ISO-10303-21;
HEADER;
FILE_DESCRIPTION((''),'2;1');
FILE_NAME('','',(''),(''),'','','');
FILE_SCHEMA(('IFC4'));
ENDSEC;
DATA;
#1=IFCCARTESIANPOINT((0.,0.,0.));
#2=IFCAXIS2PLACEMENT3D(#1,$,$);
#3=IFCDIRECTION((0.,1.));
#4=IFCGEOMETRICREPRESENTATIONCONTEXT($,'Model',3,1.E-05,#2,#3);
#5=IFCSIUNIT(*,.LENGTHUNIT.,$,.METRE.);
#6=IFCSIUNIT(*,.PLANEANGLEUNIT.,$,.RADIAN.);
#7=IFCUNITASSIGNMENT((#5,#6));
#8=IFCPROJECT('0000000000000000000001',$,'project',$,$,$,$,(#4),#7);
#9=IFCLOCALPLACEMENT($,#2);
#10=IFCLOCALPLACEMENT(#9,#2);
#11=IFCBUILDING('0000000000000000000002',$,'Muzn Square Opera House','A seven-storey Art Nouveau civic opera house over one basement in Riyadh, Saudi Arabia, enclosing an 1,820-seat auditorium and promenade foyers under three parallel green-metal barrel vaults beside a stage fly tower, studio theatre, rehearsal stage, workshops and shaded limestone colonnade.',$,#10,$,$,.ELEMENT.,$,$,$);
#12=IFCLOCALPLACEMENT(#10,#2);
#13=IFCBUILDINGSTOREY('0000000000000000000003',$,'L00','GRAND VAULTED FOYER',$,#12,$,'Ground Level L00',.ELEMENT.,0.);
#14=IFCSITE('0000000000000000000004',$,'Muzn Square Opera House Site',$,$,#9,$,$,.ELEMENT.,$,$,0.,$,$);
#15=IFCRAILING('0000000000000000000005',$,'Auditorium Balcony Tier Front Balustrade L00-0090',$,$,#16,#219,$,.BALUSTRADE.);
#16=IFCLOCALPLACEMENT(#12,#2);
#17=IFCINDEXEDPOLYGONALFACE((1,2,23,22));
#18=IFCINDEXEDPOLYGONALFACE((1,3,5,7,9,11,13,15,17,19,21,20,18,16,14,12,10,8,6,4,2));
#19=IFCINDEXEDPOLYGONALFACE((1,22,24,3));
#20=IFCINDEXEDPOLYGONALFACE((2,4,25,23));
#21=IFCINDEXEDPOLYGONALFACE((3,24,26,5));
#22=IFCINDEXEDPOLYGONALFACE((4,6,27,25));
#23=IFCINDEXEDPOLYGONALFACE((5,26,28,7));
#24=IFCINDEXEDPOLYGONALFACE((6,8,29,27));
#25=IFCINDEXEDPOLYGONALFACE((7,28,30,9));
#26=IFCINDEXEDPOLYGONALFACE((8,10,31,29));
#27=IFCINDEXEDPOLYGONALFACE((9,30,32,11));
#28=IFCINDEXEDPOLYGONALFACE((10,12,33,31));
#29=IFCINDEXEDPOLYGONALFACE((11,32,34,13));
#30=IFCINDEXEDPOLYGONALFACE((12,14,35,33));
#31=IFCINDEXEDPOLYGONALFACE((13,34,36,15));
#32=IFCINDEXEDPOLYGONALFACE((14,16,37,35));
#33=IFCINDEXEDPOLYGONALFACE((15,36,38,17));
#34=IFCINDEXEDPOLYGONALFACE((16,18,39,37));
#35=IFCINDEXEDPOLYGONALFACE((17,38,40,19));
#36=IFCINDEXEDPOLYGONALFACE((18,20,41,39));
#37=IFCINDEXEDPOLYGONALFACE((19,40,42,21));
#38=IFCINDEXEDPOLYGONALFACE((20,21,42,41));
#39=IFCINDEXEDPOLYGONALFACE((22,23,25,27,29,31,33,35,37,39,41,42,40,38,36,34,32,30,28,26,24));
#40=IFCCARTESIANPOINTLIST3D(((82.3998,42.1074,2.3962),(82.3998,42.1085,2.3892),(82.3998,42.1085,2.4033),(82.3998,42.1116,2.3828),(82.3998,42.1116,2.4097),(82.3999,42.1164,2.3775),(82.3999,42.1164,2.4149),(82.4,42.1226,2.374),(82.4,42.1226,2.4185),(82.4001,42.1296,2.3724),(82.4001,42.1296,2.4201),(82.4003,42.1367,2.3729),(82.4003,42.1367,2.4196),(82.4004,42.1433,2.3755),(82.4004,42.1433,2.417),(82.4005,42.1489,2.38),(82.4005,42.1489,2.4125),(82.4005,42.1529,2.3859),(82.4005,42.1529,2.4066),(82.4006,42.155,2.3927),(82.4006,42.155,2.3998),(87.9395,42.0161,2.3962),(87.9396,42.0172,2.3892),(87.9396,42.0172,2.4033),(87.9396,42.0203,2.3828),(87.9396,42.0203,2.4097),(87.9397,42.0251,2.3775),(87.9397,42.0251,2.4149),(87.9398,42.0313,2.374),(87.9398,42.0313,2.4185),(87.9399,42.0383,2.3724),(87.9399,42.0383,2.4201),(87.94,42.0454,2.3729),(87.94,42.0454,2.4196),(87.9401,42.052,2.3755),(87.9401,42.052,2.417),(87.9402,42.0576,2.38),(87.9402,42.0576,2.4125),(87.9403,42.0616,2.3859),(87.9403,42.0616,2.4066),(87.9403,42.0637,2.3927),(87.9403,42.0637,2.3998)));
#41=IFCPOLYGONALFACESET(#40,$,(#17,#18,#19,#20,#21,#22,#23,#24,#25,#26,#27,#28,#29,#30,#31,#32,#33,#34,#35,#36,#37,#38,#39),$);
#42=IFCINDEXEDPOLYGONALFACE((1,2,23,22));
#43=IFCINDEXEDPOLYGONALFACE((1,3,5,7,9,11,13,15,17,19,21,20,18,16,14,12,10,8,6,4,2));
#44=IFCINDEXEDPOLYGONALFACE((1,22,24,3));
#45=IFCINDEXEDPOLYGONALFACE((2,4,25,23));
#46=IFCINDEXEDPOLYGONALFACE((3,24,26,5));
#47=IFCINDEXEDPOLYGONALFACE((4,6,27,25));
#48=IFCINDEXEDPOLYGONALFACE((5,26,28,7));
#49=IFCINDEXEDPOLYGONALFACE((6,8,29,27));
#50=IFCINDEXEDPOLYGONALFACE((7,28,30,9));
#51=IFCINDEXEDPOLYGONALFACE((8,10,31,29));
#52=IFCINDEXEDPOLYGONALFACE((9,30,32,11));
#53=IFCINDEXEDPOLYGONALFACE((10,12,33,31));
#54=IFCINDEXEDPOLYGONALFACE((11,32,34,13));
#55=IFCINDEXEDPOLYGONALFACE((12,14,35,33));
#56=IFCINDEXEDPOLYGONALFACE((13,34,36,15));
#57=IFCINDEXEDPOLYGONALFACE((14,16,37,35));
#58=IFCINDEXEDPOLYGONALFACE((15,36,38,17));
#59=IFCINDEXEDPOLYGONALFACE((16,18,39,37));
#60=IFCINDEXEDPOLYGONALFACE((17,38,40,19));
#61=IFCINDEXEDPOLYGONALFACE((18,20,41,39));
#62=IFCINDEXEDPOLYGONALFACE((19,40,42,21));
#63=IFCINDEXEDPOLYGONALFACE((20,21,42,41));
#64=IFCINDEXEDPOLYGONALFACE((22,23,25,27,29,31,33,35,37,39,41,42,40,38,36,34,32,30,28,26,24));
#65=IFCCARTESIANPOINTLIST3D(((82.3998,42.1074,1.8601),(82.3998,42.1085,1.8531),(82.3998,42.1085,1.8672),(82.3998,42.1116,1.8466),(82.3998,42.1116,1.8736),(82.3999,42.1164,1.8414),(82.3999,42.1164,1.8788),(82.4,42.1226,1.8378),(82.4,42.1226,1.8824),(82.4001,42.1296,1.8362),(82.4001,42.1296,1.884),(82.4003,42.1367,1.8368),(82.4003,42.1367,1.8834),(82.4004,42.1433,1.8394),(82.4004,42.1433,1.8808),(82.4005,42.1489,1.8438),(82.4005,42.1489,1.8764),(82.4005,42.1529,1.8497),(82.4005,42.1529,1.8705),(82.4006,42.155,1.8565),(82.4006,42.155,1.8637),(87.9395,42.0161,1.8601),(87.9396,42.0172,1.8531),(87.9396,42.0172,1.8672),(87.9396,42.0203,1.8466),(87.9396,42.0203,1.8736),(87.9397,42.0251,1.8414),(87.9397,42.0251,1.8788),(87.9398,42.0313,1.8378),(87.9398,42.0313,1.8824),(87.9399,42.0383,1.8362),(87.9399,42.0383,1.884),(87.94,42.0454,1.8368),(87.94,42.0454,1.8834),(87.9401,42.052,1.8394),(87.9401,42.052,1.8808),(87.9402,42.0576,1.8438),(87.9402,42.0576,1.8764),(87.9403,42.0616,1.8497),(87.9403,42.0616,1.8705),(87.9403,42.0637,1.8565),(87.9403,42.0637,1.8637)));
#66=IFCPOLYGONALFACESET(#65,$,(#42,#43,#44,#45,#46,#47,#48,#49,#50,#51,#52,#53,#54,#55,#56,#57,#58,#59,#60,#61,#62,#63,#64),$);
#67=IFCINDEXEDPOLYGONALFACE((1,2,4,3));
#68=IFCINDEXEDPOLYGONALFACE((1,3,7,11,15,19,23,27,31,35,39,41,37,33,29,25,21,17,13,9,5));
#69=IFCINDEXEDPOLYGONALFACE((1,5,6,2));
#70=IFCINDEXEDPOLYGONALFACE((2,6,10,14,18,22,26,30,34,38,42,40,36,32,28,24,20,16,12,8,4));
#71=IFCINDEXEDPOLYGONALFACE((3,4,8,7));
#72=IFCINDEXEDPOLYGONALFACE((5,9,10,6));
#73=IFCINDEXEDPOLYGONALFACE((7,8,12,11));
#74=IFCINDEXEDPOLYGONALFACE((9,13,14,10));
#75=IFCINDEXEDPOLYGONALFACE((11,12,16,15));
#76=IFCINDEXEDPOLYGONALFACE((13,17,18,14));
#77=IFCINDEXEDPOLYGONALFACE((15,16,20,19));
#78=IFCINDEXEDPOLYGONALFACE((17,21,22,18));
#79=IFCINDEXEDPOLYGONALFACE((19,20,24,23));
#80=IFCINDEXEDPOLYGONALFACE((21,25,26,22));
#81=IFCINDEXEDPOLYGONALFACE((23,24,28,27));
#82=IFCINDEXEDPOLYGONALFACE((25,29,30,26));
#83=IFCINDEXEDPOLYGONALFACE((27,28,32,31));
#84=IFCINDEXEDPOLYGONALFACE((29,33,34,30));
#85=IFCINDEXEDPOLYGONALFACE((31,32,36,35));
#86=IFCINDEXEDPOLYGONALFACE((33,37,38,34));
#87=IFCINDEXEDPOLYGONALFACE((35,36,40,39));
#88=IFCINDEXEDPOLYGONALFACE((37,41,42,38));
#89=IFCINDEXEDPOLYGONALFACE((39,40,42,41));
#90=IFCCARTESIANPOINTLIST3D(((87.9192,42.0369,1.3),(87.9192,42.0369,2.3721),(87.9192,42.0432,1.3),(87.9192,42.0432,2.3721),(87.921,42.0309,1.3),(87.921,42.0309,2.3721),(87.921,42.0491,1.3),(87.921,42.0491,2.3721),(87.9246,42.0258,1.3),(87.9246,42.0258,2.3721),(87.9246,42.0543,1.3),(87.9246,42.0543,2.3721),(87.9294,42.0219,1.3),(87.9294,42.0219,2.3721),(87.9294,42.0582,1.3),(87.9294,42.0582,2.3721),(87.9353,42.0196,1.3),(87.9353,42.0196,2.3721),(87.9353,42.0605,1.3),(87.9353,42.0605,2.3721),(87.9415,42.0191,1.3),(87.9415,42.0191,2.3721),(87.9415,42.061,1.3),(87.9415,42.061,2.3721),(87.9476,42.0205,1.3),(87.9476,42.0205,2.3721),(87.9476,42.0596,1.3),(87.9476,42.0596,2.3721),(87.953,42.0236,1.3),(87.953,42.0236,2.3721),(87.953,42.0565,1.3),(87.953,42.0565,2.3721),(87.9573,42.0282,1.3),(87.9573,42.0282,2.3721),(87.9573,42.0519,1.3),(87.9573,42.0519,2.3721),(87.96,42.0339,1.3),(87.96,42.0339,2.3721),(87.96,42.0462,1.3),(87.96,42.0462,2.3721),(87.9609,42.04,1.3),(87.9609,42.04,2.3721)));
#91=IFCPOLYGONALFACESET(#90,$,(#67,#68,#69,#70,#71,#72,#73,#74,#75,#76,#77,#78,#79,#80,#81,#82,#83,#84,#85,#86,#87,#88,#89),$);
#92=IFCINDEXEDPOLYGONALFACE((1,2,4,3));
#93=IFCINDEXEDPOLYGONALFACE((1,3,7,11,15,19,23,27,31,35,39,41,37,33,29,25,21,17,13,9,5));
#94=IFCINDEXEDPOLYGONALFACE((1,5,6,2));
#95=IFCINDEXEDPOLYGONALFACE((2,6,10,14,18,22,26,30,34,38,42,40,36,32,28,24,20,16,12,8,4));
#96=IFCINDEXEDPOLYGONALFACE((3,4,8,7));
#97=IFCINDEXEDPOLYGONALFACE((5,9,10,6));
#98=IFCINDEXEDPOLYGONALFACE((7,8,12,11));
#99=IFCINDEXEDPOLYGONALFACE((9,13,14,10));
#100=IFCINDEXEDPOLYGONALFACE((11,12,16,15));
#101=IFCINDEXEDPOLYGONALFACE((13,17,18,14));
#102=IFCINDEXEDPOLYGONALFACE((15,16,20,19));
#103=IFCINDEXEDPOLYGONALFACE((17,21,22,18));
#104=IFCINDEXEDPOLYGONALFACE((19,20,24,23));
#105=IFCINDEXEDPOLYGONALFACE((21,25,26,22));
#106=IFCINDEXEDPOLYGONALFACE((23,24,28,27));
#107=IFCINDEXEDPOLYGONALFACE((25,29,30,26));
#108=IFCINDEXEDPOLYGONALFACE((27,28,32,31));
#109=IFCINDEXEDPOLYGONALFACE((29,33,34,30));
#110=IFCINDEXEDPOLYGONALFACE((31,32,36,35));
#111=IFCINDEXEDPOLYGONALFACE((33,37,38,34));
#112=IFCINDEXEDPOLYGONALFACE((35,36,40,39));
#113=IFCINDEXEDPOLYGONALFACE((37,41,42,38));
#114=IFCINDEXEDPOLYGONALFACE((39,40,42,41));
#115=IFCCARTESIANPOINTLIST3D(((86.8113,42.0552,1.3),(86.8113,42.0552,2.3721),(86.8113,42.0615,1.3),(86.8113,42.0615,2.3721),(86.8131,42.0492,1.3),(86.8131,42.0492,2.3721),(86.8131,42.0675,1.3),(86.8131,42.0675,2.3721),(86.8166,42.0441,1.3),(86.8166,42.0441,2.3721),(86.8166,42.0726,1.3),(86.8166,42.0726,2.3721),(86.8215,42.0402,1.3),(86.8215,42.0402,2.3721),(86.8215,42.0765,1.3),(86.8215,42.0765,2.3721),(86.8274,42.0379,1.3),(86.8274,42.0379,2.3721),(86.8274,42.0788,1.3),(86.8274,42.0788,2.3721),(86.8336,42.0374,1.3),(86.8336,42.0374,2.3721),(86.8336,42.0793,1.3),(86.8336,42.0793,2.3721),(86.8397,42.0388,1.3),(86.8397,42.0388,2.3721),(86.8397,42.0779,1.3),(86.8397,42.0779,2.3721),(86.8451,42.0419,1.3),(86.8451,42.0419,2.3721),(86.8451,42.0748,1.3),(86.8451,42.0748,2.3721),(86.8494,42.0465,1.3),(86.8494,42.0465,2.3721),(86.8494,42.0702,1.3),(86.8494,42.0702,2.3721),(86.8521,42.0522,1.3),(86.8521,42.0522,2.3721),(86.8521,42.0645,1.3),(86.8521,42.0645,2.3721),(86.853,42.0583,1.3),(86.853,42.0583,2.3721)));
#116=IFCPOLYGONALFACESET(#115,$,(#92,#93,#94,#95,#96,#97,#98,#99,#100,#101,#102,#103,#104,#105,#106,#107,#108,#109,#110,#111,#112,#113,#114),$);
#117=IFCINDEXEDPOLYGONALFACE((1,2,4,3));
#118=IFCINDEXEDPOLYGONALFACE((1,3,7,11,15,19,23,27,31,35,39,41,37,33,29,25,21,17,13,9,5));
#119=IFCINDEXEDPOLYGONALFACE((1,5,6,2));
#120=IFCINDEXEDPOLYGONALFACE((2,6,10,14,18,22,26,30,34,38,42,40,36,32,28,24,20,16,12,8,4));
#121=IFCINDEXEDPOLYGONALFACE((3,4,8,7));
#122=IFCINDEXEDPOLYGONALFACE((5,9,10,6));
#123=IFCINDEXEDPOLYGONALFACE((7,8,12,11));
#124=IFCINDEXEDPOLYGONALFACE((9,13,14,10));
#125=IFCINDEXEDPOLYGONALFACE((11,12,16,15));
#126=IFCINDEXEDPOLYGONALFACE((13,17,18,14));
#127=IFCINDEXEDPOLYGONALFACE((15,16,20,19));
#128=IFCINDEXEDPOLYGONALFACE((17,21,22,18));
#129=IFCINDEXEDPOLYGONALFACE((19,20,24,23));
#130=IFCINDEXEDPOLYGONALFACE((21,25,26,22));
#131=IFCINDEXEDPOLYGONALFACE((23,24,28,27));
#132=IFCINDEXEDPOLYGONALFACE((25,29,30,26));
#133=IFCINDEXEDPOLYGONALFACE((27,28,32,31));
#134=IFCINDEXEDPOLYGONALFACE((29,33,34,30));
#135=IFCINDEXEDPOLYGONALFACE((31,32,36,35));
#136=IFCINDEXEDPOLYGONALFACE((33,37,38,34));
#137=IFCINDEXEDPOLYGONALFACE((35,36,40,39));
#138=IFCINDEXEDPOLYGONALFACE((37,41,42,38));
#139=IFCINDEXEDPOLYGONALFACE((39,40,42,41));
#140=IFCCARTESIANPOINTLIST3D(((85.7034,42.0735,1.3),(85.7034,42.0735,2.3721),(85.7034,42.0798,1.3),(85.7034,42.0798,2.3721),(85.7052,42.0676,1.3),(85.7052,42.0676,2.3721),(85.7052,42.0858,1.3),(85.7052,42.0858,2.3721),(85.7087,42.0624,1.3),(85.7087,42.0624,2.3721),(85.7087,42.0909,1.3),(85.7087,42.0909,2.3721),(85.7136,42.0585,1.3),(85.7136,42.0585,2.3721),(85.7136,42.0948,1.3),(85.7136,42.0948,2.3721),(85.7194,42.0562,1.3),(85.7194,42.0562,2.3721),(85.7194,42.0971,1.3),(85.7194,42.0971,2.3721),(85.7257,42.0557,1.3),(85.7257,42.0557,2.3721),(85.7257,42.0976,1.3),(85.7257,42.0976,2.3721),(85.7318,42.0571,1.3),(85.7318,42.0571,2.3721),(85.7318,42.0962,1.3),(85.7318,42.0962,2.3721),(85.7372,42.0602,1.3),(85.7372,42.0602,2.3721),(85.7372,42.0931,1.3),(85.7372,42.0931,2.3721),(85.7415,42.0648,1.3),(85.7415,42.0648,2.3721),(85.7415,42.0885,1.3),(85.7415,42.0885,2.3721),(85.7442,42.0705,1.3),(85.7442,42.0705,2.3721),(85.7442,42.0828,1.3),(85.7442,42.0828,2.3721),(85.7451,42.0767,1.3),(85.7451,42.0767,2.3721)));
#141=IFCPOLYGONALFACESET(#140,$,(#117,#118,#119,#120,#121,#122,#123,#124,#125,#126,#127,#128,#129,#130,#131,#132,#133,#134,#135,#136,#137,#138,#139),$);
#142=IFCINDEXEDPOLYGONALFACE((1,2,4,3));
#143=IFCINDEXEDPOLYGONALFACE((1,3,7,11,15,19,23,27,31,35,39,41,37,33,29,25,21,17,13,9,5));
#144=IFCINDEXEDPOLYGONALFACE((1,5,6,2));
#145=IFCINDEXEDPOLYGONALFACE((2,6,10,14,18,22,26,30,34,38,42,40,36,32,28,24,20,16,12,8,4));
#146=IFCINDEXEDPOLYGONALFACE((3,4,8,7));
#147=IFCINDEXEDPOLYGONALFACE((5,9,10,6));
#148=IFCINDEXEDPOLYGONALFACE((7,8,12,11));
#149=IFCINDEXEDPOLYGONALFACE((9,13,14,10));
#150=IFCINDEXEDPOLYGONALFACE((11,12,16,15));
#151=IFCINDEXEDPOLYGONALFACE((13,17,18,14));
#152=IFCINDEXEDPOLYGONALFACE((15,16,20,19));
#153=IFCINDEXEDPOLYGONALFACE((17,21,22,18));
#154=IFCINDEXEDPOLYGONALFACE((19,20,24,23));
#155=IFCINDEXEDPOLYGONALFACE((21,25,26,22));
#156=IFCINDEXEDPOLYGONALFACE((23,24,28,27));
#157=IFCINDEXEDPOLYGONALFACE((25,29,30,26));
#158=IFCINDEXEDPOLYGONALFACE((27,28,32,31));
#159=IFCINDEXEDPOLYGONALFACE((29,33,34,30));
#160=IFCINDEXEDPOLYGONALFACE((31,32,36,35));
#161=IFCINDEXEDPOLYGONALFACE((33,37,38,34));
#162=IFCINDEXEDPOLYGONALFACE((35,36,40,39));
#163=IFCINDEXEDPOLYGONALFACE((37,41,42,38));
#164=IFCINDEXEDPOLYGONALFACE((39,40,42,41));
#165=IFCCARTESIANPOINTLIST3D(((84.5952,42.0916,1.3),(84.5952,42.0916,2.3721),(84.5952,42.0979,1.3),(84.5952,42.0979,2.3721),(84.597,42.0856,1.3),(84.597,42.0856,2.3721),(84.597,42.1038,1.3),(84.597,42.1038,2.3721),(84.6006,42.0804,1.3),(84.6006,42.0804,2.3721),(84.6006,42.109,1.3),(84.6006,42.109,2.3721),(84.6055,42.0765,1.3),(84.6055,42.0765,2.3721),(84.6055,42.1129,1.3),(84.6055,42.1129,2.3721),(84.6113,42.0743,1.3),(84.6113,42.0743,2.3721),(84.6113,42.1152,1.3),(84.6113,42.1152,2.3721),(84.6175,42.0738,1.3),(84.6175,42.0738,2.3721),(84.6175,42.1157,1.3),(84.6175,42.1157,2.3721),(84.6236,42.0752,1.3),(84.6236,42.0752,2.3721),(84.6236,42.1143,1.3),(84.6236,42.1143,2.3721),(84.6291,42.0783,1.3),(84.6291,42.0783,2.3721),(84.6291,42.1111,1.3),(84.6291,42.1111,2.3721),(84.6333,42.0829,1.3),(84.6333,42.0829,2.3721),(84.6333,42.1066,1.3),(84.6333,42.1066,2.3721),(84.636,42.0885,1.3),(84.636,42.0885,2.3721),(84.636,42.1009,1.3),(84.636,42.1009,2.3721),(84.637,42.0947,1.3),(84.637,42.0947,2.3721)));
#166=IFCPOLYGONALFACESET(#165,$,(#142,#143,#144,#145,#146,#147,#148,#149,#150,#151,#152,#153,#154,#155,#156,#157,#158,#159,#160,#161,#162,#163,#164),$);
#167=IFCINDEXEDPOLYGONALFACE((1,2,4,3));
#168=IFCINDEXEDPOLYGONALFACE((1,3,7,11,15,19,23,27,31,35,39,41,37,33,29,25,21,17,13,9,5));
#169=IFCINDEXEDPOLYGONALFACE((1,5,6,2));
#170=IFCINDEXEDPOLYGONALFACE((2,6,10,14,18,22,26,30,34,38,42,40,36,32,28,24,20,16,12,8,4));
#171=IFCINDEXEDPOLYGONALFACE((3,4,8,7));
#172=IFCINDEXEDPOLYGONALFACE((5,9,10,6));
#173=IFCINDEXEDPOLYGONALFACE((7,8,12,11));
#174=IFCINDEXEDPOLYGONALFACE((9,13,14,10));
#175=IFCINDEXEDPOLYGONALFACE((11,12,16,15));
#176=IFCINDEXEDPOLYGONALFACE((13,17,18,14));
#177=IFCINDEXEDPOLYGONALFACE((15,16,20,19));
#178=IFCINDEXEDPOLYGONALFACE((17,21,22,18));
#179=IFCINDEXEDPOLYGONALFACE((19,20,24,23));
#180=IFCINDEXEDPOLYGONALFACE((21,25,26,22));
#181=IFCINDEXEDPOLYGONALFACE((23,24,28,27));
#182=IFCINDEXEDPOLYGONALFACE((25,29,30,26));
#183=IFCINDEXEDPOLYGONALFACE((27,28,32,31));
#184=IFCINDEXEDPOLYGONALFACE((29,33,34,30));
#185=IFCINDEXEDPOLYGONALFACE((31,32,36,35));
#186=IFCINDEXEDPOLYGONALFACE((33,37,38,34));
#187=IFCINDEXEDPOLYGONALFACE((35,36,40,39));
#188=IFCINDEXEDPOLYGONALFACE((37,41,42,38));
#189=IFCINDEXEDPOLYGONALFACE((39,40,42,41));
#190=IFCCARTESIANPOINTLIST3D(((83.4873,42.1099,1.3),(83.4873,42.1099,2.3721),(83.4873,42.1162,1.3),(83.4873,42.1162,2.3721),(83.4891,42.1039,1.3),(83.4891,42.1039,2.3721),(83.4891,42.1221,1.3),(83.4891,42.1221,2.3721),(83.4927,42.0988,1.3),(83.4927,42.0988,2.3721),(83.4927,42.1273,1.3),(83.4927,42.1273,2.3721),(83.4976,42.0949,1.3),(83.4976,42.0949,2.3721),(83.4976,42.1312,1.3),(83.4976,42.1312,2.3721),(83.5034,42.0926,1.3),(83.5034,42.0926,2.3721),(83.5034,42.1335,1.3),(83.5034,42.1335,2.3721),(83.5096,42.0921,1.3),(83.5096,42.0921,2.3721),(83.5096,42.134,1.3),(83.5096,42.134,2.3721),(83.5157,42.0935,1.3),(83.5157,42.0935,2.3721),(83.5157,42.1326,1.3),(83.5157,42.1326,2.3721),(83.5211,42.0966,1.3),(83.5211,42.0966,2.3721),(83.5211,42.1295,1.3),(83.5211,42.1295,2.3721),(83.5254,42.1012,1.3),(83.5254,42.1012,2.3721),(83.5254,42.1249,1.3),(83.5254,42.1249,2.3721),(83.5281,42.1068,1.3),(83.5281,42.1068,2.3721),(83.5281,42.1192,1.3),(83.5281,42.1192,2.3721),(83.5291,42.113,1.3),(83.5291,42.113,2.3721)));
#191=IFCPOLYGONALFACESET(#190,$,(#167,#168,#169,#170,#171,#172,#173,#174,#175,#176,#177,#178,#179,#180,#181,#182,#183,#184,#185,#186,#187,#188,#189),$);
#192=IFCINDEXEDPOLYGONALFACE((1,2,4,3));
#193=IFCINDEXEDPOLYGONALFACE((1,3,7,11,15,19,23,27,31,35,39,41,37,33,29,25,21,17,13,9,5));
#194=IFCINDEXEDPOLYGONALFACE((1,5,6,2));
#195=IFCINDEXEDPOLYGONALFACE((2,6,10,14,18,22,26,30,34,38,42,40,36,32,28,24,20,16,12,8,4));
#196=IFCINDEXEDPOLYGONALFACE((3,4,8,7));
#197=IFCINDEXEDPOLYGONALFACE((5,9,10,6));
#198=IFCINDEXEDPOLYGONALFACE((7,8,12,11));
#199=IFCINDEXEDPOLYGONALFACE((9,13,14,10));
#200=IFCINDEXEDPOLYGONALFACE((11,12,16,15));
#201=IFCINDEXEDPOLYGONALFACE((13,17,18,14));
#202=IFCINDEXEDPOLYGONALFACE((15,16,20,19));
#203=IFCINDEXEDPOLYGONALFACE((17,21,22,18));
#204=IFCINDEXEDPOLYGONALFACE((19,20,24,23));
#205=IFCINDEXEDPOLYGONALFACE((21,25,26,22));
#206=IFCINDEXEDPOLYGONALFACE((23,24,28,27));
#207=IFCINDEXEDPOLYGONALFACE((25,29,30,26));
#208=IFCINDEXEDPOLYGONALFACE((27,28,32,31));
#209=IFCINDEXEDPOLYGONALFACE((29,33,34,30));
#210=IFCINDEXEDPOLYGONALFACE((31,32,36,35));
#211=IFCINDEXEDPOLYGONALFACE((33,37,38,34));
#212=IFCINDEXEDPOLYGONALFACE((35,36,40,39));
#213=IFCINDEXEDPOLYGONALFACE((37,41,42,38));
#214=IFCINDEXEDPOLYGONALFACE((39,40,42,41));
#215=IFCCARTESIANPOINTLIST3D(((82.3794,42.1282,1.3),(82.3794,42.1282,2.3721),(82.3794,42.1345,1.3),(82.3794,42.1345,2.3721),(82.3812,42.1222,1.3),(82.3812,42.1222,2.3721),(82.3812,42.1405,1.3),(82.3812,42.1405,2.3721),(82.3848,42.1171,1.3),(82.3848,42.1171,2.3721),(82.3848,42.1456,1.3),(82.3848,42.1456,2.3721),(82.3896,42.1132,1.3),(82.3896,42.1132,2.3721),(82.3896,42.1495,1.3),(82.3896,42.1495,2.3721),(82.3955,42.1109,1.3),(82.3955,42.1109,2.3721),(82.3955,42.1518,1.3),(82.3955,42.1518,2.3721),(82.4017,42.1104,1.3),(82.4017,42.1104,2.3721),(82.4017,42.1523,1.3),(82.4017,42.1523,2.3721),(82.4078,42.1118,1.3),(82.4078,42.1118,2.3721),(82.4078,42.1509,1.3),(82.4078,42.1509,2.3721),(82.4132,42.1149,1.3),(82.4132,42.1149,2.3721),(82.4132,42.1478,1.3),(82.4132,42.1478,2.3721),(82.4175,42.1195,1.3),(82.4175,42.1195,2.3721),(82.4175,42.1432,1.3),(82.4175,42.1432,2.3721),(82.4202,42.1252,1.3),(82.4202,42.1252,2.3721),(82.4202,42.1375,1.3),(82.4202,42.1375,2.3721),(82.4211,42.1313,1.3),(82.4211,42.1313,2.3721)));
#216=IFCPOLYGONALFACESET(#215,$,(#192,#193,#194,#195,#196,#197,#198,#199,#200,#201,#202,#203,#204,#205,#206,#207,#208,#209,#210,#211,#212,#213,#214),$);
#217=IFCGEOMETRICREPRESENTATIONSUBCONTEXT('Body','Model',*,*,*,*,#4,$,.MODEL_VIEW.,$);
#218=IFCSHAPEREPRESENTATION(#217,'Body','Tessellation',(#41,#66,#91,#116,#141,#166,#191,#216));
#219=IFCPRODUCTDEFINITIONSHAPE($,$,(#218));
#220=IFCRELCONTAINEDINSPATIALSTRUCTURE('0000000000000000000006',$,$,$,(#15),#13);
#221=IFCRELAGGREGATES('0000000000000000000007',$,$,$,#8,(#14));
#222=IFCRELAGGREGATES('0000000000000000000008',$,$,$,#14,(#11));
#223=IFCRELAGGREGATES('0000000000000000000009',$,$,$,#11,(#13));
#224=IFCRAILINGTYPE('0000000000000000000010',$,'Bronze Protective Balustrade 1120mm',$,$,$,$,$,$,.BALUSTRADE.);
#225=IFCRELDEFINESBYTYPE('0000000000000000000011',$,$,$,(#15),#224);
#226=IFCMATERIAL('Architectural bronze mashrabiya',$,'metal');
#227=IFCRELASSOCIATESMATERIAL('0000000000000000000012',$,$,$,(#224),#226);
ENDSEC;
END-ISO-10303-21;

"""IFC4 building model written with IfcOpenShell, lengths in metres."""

from ifc_helpers import new_model, si_unit, direction, frame, origin, origin_2d, place, context, subcontext, project, spatial, circle, extrude, material, type_object, element, save


model = new_model("IFC4")

# Units and contexts
model_context = context("Model", 3, precision=1e-05, world=origin(), true_north=direction((0.0, 1.0)))
body_context = subcontext(model_context, "Body", "Model", "MODEL_VIEW")
ifc_project = project(units=[si_unit("LENGTHUNIT", "METRE"), si_unit("PLANEANGLEUNIT", "RADIAN")], contexts=[model_context])

# Site, building, storey
site_placement = place(None, origin())
site = spatial("IfcSite", under=ifc_project, at=site_placement, Name="Muzn Square Opera House Site", CompositionType="ELEMENT", RefElevation=0.0)
building_placement = place(site_placement, origin())
building = spatial("IfcBuilding", under=site, at=building_placement, Name="Muzn Square Opera House", Description="A seven-storey Art Nouveau civic opera house over one basement in Riyadh, Saudi Arabia, enclosing an 1,820-seat auditorium and promenade foyers under three parallel green-metal barrel vaults beside a stage fly tower, studio theatre, rehearsal stage, workshops and shaded limestone colonnade.", CompositionType="ELEMENT")
storey_placement = place(building_placement, origin())
storey = spatial("IfcBuildingStorey", under=building, at=storey_placement, Name="L00", Description="GRAND VAULTED FOYER", LongName="Ground Level L00", CompositionType="ELEMENT", Elevation=0.0)

# Railing
ifc_material_1 = material(Name="Architectural bronze mashrabiya", Category="metal")
railing_type_1 = type_object("IfcRailingType", Name="Bronze Protective Balustrade 1120mm", PredefinedType="BALUSTRADE", material=ifc_material_1)
railing_1_placement = place(storey_placement, frame((87.9399, 42.04, 1.3)))
element("IfcRailing", 1, at=railing_1_placement, inside=storey, type_object=railing_type_1, Name="Auditorium Balcony Tier Front Balustrade L00-0090", PredefinedType="BALUSTRADE", context=body_context, shape_type="SweptSolid", body=[
    extrude(circle(Radius=0.0239, at=origin_2d()), frame((0.0, 0.0, 1.0962), z_axis=(-0.999864, 0.01648, 0.0), x_axis=(-0.01648, -0.999864, 0.0)), (0.0, 0.0, 1.0), 5.5405),
    extrude(circle(Radius=0.0239, at=origin_2d()), frame((0.0, 0.0, 0.5601), z_axis=(-0.999864, 0.01648, 0.0), x_axis=(-0.01648, -0.999864, 0.0)), (0.0, 0.0, 1.0), 5.5405),
    extrude(circle(Radius=0.021, at=origin_2d()), origin(), (0.0, 0.0, 1.0), 1.072),
    extrude(circle(Radius=0.021, at=origin_2d()), frame((-1.1079, 0.0183, 0.0)), (0.0, 0.0, 1.0), 1.072),
    extrude(circle(Radius=0.021, at=origin_2d()), frame((-2.2158, 0.0366, 0.0)), (0.0, 0.0, 1.0), 1.072),
    extrude(circle(Radius=0.021, at=origin_2d()), frame((-3.324, 0.0547, 0.0)), (0.0, 0.0, 1.0), 1.072),
    extrude(circle(Radius=0.021, at=origin_2d()), frame((-4.4319, 0.073, 0.0)), (0.0, 0.0, 1.0), 1.072),
    extrude(circle(Radius=0.021, at=origin_2d()), frame((-5.5398, 0.0913, 0.0)), (0.0, 0.0, 1.0), 1.072),
])

save(model, "model.ifc")
